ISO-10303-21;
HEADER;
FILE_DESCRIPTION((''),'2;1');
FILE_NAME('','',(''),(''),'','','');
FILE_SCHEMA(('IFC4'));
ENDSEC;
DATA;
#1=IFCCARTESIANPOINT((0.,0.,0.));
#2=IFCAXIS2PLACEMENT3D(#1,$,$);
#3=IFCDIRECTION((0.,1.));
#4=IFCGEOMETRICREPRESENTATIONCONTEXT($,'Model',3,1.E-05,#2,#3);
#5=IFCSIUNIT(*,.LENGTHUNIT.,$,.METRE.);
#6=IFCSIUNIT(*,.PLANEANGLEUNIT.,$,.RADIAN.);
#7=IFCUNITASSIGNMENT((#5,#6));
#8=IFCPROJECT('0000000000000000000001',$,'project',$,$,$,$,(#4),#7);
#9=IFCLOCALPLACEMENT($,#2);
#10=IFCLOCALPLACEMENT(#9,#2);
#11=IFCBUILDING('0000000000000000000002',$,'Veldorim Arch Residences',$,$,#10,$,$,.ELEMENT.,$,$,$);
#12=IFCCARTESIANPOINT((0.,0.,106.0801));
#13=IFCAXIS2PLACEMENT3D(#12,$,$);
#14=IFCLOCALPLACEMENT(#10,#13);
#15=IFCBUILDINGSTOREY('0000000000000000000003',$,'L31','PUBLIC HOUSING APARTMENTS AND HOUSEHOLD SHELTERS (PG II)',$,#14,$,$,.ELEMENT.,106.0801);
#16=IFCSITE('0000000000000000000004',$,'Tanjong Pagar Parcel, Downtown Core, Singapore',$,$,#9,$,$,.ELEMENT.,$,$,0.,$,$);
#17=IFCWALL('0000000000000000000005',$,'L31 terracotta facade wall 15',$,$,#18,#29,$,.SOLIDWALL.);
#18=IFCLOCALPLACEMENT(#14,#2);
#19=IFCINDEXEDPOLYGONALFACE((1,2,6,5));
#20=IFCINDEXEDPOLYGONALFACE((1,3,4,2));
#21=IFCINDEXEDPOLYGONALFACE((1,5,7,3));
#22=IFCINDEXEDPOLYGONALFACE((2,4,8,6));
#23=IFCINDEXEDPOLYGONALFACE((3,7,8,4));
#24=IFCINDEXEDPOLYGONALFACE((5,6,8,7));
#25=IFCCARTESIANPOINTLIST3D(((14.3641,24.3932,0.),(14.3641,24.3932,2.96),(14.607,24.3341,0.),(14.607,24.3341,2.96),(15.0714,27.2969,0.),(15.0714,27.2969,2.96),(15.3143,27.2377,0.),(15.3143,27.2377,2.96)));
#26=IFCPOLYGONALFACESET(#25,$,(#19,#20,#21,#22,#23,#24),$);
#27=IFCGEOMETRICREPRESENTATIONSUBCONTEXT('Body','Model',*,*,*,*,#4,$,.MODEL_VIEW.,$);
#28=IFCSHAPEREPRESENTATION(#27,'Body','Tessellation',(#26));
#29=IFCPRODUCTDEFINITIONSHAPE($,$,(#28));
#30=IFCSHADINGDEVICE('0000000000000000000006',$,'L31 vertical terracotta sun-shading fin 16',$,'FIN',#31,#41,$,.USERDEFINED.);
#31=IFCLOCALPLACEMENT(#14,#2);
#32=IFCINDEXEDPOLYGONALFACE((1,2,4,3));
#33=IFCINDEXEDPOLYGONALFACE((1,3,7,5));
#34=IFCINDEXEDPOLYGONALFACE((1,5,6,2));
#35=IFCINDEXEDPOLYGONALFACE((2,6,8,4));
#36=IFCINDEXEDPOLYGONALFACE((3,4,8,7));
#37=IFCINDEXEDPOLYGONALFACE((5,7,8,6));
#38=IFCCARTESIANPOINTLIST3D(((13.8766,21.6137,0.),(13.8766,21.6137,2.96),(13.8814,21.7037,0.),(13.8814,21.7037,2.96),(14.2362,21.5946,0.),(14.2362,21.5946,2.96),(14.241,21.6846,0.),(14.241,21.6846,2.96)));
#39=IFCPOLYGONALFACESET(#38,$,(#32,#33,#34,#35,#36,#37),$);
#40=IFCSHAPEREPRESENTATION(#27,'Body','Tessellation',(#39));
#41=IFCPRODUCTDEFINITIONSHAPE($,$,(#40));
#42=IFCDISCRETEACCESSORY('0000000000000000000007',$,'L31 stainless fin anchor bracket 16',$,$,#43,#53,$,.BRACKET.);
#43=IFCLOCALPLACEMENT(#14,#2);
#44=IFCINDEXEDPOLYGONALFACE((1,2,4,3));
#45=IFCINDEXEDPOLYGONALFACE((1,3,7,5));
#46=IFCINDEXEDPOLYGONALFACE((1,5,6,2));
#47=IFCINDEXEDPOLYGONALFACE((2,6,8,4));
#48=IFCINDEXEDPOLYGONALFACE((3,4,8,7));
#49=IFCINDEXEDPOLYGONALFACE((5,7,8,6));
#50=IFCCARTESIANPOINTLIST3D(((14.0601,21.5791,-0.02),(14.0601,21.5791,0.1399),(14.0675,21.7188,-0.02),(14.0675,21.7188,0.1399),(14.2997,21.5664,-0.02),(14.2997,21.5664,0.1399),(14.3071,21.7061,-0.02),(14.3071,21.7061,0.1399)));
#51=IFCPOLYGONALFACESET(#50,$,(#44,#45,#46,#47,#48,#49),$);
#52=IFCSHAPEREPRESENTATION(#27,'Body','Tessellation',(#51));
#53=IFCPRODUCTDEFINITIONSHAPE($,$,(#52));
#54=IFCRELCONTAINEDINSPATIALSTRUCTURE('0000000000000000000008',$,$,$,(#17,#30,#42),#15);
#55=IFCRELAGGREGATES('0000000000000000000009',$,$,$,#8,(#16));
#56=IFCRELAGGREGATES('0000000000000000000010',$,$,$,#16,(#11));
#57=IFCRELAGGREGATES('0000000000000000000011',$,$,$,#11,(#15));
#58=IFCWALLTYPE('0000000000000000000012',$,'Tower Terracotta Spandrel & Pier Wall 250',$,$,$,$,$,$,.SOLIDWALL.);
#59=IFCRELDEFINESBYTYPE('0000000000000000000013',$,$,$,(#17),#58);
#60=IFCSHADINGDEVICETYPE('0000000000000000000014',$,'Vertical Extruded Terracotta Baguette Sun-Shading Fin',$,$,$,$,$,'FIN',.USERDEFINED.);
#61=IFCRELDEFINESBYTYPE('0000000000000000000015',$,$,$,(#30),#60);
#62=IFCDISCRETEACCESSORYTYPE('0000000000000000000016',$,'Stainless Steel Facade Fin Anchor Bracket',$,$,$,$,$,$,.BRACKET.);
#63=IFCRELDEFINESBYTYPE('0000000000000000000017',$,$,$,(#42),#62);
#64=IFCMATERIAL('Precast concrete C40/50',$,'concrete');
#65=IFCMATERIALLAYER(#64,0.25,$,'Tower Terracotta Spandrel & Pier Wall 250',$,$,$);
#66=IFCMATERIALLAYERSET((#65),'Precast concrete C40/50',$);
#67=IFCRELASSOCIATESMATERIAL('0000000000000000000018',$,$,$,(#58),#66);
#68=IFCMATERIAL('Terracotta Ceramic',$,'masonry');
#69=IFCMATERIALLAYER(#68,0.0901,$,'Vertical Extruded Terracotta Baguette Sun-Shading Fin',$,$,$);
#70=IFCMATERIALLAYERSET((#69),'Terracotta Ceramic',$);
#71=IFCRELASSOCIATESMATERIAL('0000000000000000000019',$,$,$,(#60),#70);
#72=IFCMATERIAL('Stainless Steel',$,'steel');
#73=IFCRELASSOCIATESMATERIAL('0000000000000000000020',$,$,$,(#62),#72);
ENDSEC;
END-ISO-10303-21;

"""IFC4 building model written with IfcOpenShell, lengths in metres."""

from ifc_helpers import new_model, si_unit, direction, frame, frame_2d, origin, origin_2d, place, context, subcontext, project, spatial, rectangle, extrude, material, layer, layer_set, type_object, element, save


model = new_model("IFC4")

# Units and contexts
model_context = context("Model", 3, precision=1e-05, world=origin(), true_north=direction((0.0, 1.0)))
body_context = subcontext(model_context, "Body", "Model", "MODEL_VIEW")
ifc_project = project(units=[si_unit("LENGTHUNIT", "METRE"), si_unit("PLANEANGLEUNIT", "RADIAN")], contexts=[model_context])

# Site, building, storey
site_placement = place(None, origin())
site = spatial("IfcSite", under=ifc_project, at=site_placement, Name="Tanjong Pagar Parcel, Downtown Core, Singapore", CompositionType="ELEMENT", RefElevation=0.0)
building_placement = place(site_placement, origin())
building = spatial("IfcBuilding", under=site, at=building_placement, Name="Veldorim Arch Residences", CompositionType="ELEMENT")
storey_placement = place(building_placement, frame((0.0, 0.0, 106.0801)))
storey = spatial("IfcBuildingStorey", under=building, at=storey_placement, Name="L31", Description="PUBLIC HOUSING APARTMENTS AND HOUSEHOLD SHELTERS (PG II)", CompositionType="ELEMENT", Elevation=106.0801)

# Shared definitions
ifc_material_1 = material(Name="Precast concrete C40/50", Category="concrete")
ifc_layer_1 = layer(ifc_material_1, 0.25, Name="Tower Terracotta Spandrel & Pier Wall 250")
ifc_layer_set_1 = layer_set([ifc_layer_1], Name="Precast concrete C40/50")
wall_type_1 = type_object("IfcWallType", Name="Tower Terracotta Spandrel & Pier Wall 250", PredefinedType="SOLIDWALL", material=ifc_layer_set_1)

# Wall
wall_1_placement = place(storey_placement, frame((14.4856, 24.3638, 0.0), z_axis=(0.0, 0.0, 1.0), x_axis=(0.236668, 0.97159, 0.0)))
element("IfcWall", 1, at=wall_1_placement, inside=storey, type_object=wall_type_1, Name="L31 terracotta facade wall 15", PredefinedType="SOLIDWALL", context=body_context, shape_type="SweptSolid", body=[
    extrude(rectangle(XDim=2.9885, YDim=0.25, at=frame_2d((1.4941, 0.0))), origin(), (0.0, 0.0, 1.0), 2.96),
])

# Shading device
ifc_material_2 = material(Name="Terracotta Ceramic", Category="masonry")
ifc_layer_2 = layer(ifc_material_2, 0.0901, Name="Vertical Extruded Terracotta Baguette Sun-Shading Fin")
ifc_layer_set_2 = layer_set([ifc_layer_2], Name="Terracotta Ceramic")
shading_device_type = type_object("IfcShadingDeviceType", Name="Vertical Extruded Terracotta Baguette Sun-Shading Fin", ElementType="FIN", PredefinedType="USERDEFINED", material=ifc_layer_set_2)
shading_device_placement = place(storey_placement, frame((14.0588, 21.6492, 0.0), z_axis=(0.0, 0.0, 1.0), x_axis=(0.053033, 0.998593, 0.0)))
element("IfcShadingDevice", 2, at=shading_device_placement, inside=storey, type_object=shading_device_type, Name="L31 vertical terracotta sun-shading fin 16", ObjectType="FIN", PredefinedType="USERDEFINED", context=body_context, shape_type="SweptSolid", body=[
    extrude(rectangle(XDim=0.0901, YDim=0.3601, at=origin_2d()), origin(), (0.0, 0.0, 1.0), 2.96),
])

# Discrete accessory
ifc_material_3 = material(Name="Stainless Steel", Category="steel")
discrete_accessory_type = type_object("IfcDiscreteAccessoryType", Name="Stainless Steel Facade Fin Anchor Bracket", PredefinedType="BRACKET", material=ifc_material_3)
discrete_accessory_placement = place(storey_placement, frame((14.1836, 21.6426, -0.02), z_axis=(0.0, 0.0, 1.0), x_axis=(0.053033, 0.998593, 0.0)))
element("IfcDiscreteAccessory", 3, at=discrete_accessory_placement, inside=storey, type_object=discrete_accessory_type, Name="L31 stainless fin anchor bracket 16", PredefinedType="BRACKET", context=body_context, shape_type="SweptSolid", body=[
    extrude(rectangle(XDim=0.1399, YDim=0.24, at=origin_2d()), origin(), (0.0, 0.0, 1.0), 0.1599),
])

save(model, "model.ifc")
